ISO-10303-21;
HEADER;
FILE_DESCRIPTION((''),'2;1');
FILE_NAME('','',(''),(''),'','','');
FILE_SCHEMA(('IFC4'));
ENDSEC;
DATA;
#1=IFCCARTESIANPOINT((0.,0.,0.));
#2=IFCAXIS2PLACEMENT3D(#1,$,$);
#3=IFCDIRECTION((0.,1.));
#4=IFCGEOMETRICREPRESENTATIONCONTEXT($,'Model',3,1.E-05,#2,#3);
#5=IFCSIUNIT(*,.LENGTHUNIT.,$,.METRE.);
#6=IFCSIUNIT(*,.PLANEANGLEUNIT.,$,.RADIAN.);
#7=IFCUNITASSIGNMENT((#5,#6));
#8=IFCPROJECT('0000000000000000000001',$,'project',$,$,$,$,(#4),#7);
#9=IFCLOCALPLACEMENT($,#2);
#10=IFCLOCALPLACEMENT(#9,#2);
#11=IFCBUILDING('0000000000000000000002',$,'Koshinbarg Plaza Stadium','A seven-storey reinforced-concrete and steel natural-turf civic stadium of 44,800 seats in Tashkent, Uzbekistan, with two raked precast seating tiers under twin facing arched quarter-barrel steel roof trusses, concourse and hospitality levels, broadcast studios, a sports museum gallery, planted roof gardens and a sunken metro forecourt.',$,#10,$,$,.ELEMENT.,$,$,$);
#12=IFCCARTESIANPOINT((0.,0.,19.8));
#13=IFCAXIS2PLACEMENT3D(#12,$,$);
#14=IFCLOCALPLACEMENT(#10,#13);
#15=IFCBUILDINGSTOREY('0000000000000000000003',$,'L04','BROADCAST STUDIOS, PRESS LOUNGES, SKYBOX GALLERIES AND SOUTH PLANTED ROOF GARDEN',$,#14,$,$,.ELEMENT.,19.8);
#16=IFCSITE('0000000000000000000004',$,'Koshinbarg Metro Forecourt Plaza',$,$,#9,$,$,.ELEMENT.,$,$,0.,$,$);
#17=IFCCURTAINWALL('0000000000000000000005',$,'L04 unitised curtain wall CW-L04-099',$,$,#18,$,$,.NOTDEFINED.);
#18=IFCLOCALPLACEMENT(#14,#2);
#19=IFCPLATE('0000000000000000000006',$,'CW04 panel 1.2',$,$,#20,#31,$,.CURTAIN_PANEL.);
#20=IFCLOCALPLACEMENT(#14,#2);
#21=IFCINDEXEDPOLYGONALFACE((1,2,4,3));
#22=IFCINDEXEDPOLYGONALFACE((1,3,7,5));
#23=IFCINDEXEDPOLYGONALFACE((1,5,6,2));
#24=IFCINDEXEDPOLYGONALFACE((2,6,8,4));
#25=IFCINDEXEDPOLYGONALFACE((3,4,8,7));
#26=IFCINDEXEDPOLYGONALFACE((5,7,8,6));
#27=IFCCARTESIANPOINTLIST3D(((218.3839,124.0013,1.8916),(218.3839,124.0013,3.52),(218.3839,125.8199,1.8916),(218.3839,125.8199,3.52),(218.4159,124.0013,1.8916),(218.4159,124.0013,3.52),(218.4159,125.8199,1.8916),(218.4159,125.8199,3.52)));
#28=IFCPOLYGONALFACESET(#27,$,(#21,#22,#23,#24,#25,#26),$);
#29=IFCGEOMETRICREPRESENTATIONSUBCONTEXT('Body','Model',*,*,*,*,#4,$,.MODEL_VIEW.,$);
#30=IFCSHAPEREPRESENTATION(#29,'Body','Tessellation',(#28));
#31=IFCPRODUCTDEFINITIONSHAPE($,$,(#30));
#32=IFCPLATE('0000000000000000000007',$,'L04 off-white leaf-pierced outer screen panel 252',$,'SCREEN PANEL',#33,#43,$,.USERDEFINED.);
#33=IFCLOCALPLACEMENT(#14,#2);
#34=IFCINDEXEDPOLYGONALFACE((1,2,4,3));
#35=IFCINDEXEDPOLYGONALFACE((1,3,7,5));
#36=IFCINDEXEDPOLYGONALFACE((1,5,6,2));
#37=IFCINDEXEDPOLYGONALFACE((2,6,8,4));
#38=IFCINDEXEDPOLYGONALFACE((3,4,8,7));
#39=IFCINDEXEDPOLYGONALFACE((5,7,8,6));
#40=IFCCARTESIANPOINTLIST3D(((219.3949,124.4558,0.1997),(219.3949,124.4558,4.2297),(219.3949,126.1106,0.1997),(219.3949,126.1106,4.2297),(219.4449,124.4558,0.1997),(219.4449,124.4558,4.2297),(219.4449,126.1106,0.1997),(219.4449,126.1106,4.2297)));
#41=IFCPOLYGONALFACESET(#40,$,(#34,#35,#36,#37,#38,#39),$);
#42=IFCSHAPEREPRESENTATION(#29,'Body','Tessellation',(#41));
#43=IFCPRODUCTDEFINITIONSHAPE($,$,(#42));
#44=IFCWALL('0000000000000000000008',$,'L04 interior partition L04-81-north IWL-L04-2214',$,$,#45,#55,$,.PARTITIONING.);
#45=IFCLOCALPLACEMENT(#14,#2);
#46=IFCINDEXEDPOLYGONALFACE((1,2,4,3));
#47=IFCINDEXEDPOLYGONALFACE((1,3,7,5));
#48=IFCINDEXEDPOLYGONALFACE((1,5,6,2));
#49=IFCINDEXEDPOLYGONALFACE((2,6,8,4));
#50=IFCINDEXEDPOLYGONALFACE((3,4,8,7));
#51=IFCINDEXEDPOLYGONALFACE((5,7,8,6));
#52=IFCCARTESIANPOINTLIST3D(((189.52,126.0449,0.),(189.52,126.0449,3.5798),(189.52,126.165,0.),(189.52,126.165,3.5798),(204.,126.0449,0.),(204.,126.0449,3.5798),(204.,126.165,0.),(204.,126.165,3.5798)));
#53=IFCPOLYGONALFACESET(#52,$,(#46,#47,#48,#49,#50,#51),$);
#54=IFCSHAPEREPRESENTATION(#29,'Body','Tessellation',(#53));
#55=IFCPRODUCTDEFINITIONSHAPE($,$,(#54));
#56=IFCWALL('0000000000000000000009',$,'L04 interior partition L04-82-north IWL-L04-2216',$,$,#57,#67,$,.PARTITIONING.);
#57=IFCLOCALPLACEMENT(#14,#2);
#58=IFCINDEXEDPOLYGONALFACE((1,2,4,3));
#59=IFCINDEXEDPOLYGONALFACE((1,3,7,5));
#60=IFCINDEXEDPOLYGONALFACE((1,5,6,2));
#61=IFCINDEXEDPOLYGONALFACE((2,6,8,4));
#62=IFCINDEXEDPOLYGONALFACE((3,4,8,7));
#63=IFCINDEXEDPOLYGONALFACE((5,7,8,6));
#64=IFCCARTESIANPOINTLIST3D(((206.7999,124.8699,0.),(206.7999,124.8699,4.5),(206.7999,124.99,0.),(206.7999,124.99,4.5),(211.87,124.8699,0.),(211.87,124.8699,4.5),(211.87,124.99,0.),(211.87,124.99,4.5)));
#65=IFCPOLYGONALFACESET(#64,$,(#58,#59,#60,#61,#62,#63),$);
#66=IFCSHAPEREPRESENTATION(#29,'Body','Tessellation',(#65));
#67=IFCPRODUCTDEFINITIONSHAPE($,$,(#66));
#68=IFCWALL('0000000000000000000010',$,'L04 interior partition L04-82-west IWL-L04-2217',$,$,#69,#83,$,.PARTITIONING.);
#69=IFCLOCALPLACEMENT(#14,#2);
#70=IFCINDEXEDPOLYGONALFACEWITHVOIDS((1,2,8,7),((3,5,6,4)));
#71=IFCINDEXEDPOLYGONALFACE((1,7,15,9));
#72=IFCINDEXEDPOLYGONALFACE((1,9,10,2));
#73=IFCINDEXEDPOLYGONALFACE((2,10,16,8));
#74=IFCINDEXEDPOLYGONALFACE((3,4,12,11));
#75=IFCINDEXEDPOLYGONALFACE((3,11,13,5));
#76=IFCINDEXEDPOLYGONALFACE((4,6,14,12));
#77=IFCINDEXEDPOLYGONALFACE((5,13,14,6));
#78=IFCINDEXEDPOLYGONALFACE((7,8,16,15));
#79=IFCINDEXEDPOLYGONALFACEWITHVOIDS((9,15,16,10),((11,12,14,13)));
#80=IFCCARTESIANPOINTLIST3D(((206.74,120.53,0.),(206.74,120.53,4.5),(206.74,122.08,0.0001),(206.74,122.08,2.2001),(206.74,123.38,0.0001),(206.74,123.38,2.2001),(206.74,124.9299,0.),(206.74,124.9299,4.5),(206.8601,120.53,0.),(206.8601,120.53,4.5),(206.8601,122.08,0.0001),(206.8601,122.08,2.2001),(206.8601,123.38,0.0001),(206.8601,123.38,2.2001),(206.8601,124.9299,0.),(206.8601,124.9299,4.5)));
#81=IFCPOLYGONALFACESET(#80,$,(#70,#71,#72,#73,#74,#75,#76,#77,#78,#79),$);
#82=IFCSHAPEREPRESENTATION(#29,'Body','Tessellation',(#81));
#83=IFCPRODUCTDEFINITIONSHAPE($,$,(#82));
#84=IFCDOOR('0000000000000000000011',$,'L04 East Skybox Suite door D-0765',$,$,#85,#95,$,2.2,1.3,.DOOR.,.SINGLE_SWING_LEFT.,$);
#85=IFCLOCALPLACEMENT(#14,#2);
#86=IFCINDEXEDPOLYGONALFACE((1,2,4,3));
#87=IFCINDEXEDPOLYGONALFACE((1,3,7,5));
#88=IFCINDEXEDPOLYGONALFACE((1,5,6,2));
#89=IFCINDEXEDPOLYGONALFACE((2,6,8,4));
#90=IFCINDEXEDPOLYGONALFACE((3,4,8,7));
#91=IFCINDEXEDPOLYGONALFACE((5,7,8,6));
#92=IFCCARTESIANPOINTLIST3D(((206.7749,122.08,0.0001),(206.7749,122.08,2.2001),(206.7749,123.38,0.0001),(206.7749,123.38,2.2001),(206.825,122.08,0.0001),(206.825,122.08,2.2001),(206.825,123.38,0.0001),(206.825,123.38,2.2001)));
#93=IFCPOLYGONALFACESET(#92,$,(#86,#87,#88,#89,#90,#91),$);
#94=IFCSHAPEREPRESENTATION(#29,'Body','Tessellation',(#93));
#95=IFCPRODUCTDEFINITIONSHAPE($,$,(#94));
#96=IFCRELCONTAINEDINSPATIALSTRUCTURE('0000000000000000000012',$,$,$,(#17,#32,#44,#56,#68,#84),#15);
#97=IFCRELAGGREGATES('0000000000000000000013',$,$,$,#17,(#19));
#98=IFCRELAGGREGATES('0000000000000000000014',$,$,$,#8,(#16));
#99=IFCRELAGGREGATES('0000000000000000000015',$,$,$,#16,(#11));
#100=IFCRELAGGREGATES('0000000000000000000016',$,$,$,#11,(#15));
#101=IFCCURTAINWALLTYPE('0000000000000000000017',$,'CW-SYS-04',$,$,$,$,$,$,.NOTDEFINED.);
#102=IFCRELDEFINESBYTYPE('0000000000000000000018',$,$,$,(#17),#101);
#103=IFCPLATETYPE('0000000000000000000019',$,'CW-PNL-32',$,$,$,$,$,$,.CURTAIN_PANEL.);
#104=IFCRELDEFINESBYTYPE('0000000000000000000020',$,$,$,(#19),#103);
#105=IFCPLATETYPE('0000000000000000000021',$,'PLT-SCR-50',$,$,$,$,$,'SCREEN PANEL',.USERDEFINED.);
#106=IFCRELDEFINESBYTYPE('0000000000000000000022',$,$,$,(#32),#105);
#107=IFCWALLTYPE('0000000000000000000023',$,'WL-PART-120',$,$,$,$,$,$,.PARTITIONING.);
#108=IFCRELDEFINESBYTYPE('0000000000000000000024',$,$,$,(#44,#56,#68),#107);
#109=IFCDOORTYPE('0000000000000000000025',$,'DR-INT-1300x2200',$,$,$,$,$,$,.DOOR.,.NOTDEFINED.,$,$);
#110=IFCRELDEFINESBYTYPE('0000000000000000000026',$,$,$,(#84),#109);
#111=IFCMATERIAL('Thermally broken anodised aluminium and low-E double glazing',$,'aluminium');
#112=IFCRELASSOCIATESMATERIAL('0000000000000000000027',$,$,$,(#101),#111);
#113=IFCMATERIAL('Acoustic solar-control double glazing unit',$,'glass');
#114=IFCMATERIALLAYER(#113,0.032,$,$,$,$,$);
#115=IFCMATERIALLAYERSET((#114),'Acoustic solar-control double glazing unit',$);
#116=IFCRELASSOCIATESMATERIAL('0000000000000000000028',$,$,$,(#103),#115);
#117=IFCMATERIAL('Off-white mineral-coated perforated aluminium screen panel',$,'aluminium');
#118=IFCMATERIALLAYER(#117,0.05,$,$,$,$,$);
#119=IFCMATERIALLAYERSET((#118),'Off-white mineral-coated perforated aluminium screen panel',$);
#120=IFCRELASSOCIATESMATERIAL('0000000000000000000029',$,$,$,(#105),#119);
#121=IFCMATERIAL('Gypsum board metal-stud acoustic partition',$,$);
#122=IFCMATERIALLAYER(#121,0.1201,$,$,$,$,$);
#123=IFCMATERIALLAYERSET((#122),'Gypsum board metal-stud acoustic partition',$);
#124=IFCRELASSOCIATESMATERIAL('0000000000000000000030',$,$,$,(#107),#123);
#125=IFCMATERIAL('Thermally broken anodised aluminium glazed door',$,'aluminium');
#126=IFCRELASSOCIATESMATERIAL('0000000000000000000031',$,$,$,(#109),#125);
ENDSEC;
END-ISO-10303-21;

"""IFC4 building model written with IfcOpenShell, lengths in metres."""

from ifc_helpers import new_model, si_unit, direction, frame, frame_2d, origin, origin_2d, place, context, subcontext, project, spatial, rectangle, extrude, material, layer, layer_set, type_object, element, fill, aggregate, save


model = new_model("IFC4")

# Units and contexts
model_context = context("Model", 3, precision=1e-05, world=origin(), true_north=direction((0.0, 1.0)))
body_context = subcontext(model_context, "Body", "Model", "MODEL_VIEW")
ifc_project = project(units=[si_unit("LENGTHUNIT", "METRE"), si_unit("PLANEANGLEUNIT", "RADIAN")], contexts=[model_context])

# Site, building, storey
site_placement = place(None, origin())
site = spatial("IfcSite", under=ifc_project, at=site_placement, Name="Koshinbarg Metro Forecourt Plaza", CompositionType="ELEMENT", RefElevation=0.0)
building_placement = place(site_placement, origin())
building = spatial("IfcBuilding", under=site, at=building_placement, Name="Koshinbarg Plaza Stadium", Description="A seven-storey reinforced-concrete and steel natural-turf civic stadium of 44,800 seats in Tashkent, Uzbekistan, with two raked precast seating tiers under twin facing arched quarter-barrel steel roof trusses, concourse and hospitality levels, broadcast studios, a sports museum gallery, planted roof gardens and a sunken metro forecourt.", CompositionType="ELEMENT")
storey_placement = place(building_placement, frame((0.0, 0.0, 19.8)))
storey = spatial("IfcBuildingStorey", under=building, at=storey_placement, Name="L04", Description="BROADCAST STUDIOS, PRESS LOUNGES, SKYBOX GALLERIES AND SOUTH PLANTED ROOF GARDEN", CompositionType="ELEMENT", Elevation=19.8)

# Shared definitions
ifc_material_1 = material(Name="Thermally broken anodised aluminium and low-E double glazing", Category="aluminium")

# Curtain wall
curtain_wall_type_1 = type_object("IfcCurtainWallType", Name="CW-SYS-04", PredefinedType="NOTDEFINED", material=ifc_material_1)
curtain_wall_1_placement = place(storey_placement, origin())
curtain_wall_1 = element("IfcCurtainWall", 1, at=curtain_wall_1_placement, inside=storey, type_object=curtain_wall_type_1, Name="L04 unitised curtain wall CW-L04-099", PredefinedType="NOTDEFINED")

# Plates
ifc_material_2 = material(Name="Acoustic solar-control double glazing unit", Category="glass")
ifc_layer_1 = layer(ifc_material_2, 0.032)
ifc_layer_set_1 = layer_set([ifc_layer_1], Name="Acoustic solar-control double glazing unit")
plate_type_1 = type_object("IfcPlateType", Name="CW-PNL-32", PredefinedType="CURTAIN_PANEL", material=ifc_layer_set_1)
plate_1_placement = place(storey_placement, frame((218.3999, 124.9106, 1.8916), z_axis=(0.0, 0.0, 1.0), x_axis=(0.0, -1.0, 0.0)))
plate_1 = element("IfcPlate", 2, at=plate_1_placement, type_object=plate_type_1, Name="CW04 panel 1.2", PredefinedType="CURTAIN_PANEL", context=body_context, shape_type="SweptSolid", body=[
    extrude(rectangle(XDim=1.8186, YDim=0.032, at=origin_2d()), origin(), (0.0, 0.0, 1.0), 1.6284),
])
aggregate(curtain_wall_1, [plate_1])
ifc_material_3 = material(Name="Off-white mineral-coated perforated aluminium screen panel", Category="aluminium")
ifc_layer_2 = layer(ifc_material_3, 0.05)
ifc_layer_set_2 = layer_set([ifc_layer_2], Name="Off-white mineral-coated perforated aluminium screen panel")
plate_type_2 = type_object("IfcPlateType", Name="PLT-SCR-50", ElementType="SCREEN PANEL", PredefinedType="USERDEFINED", material=ifc_layer_set_2)
plate_2_placement = place(storey_placement, frame((219.4199, 125.2832, 0.1997), z_axis=(0.0, 0.0, 1.0), x_axis=(1.0, 0.0, 0.0)))
element("IfcPlate", 3, at=plate_2_placement, inside=storey, type_object=plate_type_2, Name="L04 off-white leaf-pierced outer screen panel 252", ObjectType="SCREEN PANEL", PredefinedType="USERDEFINED", context=body_context, shape_type="SweptSolid", body=[
    extrude(rectangle(XDim=0.05, YDim=1.6548, at=origin_2d()), origin(), (0.0, 0.0, 1.0), 4.03),
])

# Walls
ifc_material_4 = material(Name="Gypsum board metal-stud acoustic partition")
ifc_layer_3 = layer(ifc_material_4, 0.1201)
ifc_layer_set_3 = layer_set([ifc_layer_3], Name="Gypsum board metal-stud acoustic partition")
wall_type = type_object("IfcWallType", Name="WL-PART-120", PredefinedType="PARTITIONING", material=ifc_layer_set_3)
wall_1_placement = place(storey_placement, frame((204.0, 126.105, 0.0), z_axis=(0.0, 0.0, 1.0), x_axis=(-1.0, 0.0, 0.0)))
element("IfcWall", 4, at=wall_1_placement, inside=storey, type_object=wall_type, Name="L04 interior partition L04-81-north IWL-L04-2214", PredefinedType="PARTITIONING", context=body_context, shape_type="SweptSolid", body=[
    extrude(rectangle(XDim=14.48, YDim=0.1201, at=frame_2d((7.24, 0.0))), origin(), (0.0, 0.0, 1.0), 3.5798),
])
wall_2_placement = place(storey_placement, frame((211.8701, 124.9299, 0.0), z_axis=(0.0, 0.0, 1.0), x_axis=(-1.0, 0.0, 0.0)))
element("IfcWall", 5, at=wall_2_placement, inside=storey, type_object=wall_type, Name="L04 interior partition L04-82-north IWL-L04-2216", PredefinedType="PARTITIONING", context=body_context, shape_type="SweptSolid", body=[
    extrude(rectangle(XDim=5.0701, YDim=0.1201, at=frame_2d((2.5352, 0.0))), origin(), (0.0, 0.0, 1.0), 4.5),
])

# Wall, opening, door
wall_3_placement = place(storey_placement, frame((206.8, 124.9299, 0.0), z_axis=(0.0, 0.0, 1.0), x_axis=(0.0, -1.0, 0.0)))
wall_3 = element("IfcWall", 6, at=wall_3_placement, inside=storey, type_object=wall_type, Name="L04 interior partition L04-82-west IWL-L04-2217", PredefinedType="PARTITIONING", context=body_context, shape_type="SweptSolid", body=[
    extrude(rectangle(XDim=4.3999, YDim=0.1201, at=frame_2d((2.2, 0.0))), origin(), (0.0, 0.0, 1.0), 4.5),
])
opening_placement = place(wall_3_placement, frame((1.55, 0.0, 0.0)))
opening = element("IfcOpeningElement", 7, at=opening_placement, cuts=wall_3, PredefinedType="OPENING", context=body_context, shape_type="SweptSolid", body=[
    extrude(rectangle(XDim=1.3, YDim=2.2, at=frame_2d((0.6499, 1.1001))), frame((0.0, 0.0701, 0.0), z_axis=(0.0, -1.0, 0.0), x_axis=(1.0, 0.0, 0.0)), (0.0, 0.0, 1.0), 0.1401),
])
ifc_material_5 = material(Name="Thermally broken anodised aluminium glazed door", Category="aluminium")
door_type = type_object("IfcDoorType", Name="DR-INT-1300x2200", OperationType="NOTDEFINED", PredefinedType="DOOR", material=ifc_material_5)
door_placement = place(opening_placement, origin())
door = element("IfcDoor", 8, at=door_placement, inside=storey, type_object=door_type, Name="L04 East Skybox Suite door D-0765", OperationType="SINGLE_SWING_LEFT", OverallHeight=2.2, OverallWidth=1.3, PredefinedType="DOOR", context=body_context, shape_type="SweptSolid", body=[
    extrude(rectangle(XDim=1.3, YDim=2.2, at=frame_2d((0.6499, 1.1001))), frame((0.0, 0.0249, 0.0), z_axis=(0.0, -1.0, 0.0), x_axis=(1.0, 0.0, 0.0)), (0.0, 0.0, 1.0), 0.05),
])
fill(opening, door)

save(model, "model.ifc")
